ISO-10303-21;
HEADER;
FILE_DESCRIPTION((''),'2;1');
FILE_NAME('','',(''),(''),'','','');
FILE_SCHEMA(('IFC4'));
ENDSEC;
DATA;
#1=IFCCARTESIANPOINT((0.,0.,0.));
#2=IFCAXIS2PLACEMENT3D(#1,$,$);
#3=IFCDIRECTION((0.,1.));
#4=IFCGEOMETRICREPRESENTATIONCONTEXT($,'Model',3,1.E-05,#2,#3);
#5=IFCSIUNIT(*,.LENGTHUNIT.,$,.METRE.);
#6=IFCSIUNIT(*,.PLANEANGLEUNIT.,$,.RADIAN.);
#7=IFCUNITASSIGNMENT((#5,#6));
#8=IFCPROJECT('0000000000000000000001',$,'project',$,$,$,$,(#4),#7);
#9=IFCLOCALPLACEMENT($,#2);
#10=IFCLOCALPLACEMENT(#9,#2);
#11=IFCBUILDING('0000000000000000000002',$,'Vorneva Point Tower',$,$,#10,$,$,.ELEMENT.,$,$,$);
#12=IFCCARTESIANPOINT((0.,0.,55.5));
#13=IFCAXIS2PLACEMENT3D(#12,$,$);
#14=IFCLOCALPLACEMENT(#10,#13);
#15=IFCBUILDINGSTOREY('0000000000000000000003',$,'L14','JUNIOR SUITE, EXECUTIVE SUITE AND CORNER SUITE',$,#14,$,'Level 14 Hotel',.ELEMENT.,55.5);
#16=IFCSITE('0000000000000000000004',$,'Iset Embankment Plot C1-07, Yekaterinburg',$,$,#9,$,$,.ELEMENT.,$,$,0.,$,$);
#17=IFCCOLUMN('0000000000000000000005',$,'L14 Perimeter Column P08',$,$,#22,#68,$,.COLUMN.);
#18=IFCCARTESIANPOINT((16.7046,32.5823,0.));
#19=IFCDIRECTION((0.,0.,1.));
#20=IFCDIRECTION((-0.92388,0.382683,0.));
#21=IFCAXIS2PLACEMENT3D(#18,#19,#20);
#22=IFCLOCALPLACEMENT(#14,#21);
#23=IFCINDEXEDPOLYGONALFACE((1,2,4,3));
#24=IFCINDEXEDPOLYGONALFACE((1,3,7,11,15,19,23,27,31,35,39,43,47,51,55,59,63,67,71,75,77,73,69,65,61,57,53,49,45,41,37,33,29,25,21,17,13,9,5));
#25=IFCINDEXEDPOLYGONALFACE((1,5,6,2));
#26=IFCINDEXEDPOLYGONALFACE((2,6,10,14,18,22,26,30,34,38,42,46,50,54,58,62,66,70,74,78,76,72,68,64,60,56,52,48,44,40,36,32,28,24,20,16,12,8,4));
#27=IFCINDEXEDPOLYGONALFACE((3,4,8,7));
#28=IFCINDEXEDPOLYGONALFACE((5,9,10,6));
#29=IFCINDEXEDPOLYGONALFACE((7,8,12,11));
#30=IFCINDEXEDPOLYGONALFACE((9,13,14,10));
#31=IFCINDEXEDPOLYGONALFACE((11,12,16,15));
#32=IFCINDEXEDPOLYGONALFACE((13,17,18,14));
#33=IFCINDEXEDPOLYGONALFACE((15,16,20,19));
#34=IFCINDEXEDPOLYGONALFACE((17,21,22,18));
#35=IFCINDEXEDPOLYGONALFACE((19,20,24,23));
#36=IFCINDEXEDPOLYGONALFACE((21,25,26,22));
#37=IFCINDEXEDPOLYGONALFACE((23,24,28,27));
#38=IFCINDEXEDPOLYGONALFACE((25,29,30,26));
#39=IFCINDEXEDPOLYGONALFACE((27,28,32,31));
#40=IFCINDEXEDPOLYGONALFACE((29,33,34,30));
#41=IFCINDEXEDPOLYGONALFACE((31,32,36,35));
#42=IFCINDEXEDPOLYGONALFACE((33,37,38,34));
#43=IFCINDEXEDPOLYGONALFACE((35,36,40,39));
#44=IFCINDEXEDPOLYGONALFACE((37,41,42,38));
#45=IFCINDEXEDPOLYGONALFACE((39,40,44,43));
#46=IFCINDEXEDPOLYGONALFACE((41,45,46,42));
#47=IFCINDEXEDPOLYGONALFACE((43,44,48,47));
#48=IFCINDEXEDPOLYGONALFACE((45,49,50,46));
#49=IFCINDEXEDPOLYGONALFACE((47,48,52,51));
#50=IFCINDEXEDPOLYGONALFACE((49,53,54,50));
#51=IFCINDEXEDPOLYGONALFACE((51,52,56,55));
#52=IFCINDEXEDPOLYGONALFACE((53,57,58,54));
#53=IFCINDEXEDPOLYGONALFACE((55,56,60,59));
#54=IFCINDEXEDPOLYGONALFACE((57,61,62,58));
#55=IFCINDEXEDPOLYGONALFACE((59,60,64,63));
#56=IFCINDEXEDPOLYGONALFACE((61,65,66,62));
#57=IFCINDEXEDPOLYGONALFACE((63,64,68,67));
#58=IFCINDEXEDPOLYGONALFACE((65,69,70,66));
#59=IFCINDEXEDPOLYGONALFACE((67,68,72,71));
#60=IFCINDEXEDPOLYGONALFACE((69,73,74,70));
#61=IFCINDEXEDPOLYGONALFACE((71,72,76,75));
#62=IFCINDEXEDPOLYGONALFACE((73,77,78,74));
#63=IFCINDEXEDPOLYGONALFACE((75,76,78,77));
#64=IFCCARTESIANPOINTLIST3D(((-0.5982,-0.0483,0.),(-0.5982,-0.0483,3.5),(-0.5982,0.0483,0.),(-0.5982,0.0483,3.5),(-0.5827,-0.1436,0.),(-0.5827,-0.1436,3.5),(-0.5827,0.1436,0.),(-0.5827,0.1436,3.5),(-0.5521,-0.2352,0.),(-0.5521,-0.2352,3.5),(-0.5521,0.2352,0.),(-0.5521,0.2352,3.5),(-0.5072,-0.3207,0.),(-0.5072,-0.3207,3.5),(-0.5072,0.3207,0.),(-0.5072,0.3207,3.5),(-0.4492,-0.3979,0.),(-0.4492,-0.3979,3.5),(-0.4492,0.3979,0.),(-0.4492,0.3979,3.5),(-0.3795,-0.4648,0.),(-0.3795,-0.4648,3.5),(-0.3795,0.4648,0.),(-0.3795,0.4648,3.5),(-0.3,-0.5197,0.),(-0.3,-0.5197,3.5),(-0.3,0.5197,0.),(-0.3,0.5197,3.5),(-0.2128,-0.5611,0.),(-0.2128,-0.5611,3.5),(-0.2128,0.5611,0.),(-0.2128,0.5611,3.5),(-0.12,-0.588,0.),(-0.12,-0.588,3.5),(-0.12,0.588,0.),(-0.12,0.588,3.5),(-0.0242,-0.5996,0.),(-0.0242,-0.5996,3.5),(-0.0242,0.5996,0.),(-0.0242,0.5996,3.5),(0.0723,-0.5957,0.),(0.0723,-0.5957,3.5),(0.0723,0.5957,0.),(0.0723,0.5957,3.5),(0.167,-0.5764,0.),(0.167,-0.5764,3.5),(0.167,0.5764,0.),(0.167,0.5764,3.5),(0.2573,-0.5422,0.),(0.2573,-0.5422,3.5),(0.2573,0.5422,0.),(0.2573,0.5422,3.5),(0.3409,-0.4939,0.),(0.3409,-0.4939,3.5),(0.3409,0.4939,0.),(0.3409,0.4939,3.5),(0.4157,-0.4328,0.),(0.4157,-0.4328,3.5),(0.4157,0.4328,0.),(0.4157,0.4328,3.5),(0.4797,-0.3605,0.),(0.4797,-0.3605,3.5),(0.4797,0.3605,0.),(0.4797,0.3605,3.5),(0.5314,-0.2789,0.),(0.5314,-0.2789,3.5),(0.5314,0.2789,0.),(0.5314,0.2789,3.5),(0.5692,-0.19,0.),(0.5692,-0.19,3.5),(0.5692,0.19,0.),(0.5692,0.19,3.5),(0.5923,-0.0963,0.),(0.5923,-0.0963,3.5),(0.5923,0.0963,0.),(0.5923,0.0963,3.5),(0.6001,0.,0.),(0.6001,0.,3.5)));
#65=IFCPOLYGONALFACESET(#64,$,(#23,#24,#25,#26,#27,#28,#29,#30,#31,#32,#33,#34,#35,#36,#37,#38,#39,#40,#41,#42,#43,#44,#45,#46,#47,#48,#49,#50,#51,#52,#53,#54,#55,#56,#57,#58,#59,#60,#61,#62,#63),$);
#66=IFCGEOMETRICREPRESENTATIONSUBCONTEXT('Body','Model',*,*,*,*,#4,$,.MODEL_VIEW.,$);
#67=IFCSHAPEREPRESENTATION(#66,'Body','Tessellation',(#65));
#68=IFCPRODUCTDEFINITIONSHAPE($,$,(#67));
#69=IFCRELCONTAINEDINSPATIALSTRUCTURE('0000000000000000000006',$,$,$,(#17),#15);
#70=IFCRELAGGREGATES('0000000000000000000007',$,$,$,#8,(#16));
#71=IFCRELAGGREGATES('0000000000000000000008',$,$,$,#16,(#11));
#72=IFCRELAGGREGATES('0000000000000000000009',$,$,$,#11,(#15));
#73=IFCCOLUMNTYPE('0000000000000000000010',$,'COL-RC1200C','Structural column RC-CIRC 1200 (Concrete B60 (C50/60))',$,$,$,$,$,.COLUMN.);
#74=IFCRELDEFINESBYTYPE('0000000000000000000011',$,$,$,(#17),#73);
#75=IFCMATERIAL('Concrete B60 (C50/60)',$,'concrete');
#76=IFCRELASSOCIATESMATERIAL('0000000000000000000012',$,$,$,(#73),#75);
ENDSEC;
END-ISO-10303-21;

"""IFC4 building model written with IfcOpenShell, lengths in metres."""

from ifc_helpers import new_model, si_unit, direction, frame, origin, origin_2d, place, context, subcontext, project, spatial, circle, extrude, material, material_profile, profile_set, type_object, element, save


model = new_model("IFC4")

# Units and contexts
model_context = context("Model", 3, precision=1e-05, world=origin(), true_north=direction((0.0, 1.0)))
body_context = subcontext(model_context, "Body", "Model", "MODEL_VIEW")
ifc_project = project(units=[si_unit("LENGTHUNIT", "METRE"), si_unit("PLANEANGLEUNIT", "RADIAN")], contexts=[model_context])

# Site, building, storey
site_placement = place(None, origin())
site = spatial("IfcSite", under=ifc_project, at=site_placement, Name="Iset Embankment Plot C1-07, Yekaterinburg", CompositionType="ELEMENT", RefElevation=0.0)
building_placement = place(site_placement, origin())
building = spatial("IfcBuilding", under=site, at=building_placement, Name="Vorneva Point Tower", CompositionType="ELEMENT")
storey_placement = place(building_placement, frame((0.0, 0.0, 55.5)))
storey = spatial("IfcBuildingStorey", under=building, at=storey_placement, Name="L14", Description="JUNIOR SUITE, EXECUTIVE SUITE AND CORNER SUITE", LongName="Level 14 Hotel", CompositionType="ELEMENT", Elevation=55.5)

# Column
ifc_material_1 = material(Name="Concrete B60 (C50/60)", Category="concrete")
ifc_material_profile_1 = material_profile(ifc_material_1, circle(Radius=0.6001, at=origin_2d()), Name="RC-CIRC 1200")
ifc_profile_set_1 = profile_set([ifc_material_profile_1], Name="Concrete B60 (C50/60)")
column_type_1 = type_object("IfcColumnType", Name="COL-RC1200C", Description="Structural column RC-CIRC 1200 (Concrete B60 (C50/60))", PredefinedType="COLUMN", material=ifc_profile_set_1)
for number, where, z_axis, x_axis, name in (
    (1, (16.7046, 32.5823, 0.0), (0.0, 0.0, 1.0), (-0.92388, 0.382683, 0.0), "L14 Perimeter Column P08"),
):
    element("IfcColumn", number, at=place(storey_placement, frame(where, z_axis=z_axis, x_axis=x_axis)), inside=storey, type_object=column_type_1, Name=name, PredefinedType="COLUMN", context=body_context, shape_type="SweptSolid", body=[
        extrude(circle(Radius=0.6001, at=origin_2d()), origin(), (0.0, 0.0, 1.0), 3.5),
    ])

save(model, "model.ifc")
